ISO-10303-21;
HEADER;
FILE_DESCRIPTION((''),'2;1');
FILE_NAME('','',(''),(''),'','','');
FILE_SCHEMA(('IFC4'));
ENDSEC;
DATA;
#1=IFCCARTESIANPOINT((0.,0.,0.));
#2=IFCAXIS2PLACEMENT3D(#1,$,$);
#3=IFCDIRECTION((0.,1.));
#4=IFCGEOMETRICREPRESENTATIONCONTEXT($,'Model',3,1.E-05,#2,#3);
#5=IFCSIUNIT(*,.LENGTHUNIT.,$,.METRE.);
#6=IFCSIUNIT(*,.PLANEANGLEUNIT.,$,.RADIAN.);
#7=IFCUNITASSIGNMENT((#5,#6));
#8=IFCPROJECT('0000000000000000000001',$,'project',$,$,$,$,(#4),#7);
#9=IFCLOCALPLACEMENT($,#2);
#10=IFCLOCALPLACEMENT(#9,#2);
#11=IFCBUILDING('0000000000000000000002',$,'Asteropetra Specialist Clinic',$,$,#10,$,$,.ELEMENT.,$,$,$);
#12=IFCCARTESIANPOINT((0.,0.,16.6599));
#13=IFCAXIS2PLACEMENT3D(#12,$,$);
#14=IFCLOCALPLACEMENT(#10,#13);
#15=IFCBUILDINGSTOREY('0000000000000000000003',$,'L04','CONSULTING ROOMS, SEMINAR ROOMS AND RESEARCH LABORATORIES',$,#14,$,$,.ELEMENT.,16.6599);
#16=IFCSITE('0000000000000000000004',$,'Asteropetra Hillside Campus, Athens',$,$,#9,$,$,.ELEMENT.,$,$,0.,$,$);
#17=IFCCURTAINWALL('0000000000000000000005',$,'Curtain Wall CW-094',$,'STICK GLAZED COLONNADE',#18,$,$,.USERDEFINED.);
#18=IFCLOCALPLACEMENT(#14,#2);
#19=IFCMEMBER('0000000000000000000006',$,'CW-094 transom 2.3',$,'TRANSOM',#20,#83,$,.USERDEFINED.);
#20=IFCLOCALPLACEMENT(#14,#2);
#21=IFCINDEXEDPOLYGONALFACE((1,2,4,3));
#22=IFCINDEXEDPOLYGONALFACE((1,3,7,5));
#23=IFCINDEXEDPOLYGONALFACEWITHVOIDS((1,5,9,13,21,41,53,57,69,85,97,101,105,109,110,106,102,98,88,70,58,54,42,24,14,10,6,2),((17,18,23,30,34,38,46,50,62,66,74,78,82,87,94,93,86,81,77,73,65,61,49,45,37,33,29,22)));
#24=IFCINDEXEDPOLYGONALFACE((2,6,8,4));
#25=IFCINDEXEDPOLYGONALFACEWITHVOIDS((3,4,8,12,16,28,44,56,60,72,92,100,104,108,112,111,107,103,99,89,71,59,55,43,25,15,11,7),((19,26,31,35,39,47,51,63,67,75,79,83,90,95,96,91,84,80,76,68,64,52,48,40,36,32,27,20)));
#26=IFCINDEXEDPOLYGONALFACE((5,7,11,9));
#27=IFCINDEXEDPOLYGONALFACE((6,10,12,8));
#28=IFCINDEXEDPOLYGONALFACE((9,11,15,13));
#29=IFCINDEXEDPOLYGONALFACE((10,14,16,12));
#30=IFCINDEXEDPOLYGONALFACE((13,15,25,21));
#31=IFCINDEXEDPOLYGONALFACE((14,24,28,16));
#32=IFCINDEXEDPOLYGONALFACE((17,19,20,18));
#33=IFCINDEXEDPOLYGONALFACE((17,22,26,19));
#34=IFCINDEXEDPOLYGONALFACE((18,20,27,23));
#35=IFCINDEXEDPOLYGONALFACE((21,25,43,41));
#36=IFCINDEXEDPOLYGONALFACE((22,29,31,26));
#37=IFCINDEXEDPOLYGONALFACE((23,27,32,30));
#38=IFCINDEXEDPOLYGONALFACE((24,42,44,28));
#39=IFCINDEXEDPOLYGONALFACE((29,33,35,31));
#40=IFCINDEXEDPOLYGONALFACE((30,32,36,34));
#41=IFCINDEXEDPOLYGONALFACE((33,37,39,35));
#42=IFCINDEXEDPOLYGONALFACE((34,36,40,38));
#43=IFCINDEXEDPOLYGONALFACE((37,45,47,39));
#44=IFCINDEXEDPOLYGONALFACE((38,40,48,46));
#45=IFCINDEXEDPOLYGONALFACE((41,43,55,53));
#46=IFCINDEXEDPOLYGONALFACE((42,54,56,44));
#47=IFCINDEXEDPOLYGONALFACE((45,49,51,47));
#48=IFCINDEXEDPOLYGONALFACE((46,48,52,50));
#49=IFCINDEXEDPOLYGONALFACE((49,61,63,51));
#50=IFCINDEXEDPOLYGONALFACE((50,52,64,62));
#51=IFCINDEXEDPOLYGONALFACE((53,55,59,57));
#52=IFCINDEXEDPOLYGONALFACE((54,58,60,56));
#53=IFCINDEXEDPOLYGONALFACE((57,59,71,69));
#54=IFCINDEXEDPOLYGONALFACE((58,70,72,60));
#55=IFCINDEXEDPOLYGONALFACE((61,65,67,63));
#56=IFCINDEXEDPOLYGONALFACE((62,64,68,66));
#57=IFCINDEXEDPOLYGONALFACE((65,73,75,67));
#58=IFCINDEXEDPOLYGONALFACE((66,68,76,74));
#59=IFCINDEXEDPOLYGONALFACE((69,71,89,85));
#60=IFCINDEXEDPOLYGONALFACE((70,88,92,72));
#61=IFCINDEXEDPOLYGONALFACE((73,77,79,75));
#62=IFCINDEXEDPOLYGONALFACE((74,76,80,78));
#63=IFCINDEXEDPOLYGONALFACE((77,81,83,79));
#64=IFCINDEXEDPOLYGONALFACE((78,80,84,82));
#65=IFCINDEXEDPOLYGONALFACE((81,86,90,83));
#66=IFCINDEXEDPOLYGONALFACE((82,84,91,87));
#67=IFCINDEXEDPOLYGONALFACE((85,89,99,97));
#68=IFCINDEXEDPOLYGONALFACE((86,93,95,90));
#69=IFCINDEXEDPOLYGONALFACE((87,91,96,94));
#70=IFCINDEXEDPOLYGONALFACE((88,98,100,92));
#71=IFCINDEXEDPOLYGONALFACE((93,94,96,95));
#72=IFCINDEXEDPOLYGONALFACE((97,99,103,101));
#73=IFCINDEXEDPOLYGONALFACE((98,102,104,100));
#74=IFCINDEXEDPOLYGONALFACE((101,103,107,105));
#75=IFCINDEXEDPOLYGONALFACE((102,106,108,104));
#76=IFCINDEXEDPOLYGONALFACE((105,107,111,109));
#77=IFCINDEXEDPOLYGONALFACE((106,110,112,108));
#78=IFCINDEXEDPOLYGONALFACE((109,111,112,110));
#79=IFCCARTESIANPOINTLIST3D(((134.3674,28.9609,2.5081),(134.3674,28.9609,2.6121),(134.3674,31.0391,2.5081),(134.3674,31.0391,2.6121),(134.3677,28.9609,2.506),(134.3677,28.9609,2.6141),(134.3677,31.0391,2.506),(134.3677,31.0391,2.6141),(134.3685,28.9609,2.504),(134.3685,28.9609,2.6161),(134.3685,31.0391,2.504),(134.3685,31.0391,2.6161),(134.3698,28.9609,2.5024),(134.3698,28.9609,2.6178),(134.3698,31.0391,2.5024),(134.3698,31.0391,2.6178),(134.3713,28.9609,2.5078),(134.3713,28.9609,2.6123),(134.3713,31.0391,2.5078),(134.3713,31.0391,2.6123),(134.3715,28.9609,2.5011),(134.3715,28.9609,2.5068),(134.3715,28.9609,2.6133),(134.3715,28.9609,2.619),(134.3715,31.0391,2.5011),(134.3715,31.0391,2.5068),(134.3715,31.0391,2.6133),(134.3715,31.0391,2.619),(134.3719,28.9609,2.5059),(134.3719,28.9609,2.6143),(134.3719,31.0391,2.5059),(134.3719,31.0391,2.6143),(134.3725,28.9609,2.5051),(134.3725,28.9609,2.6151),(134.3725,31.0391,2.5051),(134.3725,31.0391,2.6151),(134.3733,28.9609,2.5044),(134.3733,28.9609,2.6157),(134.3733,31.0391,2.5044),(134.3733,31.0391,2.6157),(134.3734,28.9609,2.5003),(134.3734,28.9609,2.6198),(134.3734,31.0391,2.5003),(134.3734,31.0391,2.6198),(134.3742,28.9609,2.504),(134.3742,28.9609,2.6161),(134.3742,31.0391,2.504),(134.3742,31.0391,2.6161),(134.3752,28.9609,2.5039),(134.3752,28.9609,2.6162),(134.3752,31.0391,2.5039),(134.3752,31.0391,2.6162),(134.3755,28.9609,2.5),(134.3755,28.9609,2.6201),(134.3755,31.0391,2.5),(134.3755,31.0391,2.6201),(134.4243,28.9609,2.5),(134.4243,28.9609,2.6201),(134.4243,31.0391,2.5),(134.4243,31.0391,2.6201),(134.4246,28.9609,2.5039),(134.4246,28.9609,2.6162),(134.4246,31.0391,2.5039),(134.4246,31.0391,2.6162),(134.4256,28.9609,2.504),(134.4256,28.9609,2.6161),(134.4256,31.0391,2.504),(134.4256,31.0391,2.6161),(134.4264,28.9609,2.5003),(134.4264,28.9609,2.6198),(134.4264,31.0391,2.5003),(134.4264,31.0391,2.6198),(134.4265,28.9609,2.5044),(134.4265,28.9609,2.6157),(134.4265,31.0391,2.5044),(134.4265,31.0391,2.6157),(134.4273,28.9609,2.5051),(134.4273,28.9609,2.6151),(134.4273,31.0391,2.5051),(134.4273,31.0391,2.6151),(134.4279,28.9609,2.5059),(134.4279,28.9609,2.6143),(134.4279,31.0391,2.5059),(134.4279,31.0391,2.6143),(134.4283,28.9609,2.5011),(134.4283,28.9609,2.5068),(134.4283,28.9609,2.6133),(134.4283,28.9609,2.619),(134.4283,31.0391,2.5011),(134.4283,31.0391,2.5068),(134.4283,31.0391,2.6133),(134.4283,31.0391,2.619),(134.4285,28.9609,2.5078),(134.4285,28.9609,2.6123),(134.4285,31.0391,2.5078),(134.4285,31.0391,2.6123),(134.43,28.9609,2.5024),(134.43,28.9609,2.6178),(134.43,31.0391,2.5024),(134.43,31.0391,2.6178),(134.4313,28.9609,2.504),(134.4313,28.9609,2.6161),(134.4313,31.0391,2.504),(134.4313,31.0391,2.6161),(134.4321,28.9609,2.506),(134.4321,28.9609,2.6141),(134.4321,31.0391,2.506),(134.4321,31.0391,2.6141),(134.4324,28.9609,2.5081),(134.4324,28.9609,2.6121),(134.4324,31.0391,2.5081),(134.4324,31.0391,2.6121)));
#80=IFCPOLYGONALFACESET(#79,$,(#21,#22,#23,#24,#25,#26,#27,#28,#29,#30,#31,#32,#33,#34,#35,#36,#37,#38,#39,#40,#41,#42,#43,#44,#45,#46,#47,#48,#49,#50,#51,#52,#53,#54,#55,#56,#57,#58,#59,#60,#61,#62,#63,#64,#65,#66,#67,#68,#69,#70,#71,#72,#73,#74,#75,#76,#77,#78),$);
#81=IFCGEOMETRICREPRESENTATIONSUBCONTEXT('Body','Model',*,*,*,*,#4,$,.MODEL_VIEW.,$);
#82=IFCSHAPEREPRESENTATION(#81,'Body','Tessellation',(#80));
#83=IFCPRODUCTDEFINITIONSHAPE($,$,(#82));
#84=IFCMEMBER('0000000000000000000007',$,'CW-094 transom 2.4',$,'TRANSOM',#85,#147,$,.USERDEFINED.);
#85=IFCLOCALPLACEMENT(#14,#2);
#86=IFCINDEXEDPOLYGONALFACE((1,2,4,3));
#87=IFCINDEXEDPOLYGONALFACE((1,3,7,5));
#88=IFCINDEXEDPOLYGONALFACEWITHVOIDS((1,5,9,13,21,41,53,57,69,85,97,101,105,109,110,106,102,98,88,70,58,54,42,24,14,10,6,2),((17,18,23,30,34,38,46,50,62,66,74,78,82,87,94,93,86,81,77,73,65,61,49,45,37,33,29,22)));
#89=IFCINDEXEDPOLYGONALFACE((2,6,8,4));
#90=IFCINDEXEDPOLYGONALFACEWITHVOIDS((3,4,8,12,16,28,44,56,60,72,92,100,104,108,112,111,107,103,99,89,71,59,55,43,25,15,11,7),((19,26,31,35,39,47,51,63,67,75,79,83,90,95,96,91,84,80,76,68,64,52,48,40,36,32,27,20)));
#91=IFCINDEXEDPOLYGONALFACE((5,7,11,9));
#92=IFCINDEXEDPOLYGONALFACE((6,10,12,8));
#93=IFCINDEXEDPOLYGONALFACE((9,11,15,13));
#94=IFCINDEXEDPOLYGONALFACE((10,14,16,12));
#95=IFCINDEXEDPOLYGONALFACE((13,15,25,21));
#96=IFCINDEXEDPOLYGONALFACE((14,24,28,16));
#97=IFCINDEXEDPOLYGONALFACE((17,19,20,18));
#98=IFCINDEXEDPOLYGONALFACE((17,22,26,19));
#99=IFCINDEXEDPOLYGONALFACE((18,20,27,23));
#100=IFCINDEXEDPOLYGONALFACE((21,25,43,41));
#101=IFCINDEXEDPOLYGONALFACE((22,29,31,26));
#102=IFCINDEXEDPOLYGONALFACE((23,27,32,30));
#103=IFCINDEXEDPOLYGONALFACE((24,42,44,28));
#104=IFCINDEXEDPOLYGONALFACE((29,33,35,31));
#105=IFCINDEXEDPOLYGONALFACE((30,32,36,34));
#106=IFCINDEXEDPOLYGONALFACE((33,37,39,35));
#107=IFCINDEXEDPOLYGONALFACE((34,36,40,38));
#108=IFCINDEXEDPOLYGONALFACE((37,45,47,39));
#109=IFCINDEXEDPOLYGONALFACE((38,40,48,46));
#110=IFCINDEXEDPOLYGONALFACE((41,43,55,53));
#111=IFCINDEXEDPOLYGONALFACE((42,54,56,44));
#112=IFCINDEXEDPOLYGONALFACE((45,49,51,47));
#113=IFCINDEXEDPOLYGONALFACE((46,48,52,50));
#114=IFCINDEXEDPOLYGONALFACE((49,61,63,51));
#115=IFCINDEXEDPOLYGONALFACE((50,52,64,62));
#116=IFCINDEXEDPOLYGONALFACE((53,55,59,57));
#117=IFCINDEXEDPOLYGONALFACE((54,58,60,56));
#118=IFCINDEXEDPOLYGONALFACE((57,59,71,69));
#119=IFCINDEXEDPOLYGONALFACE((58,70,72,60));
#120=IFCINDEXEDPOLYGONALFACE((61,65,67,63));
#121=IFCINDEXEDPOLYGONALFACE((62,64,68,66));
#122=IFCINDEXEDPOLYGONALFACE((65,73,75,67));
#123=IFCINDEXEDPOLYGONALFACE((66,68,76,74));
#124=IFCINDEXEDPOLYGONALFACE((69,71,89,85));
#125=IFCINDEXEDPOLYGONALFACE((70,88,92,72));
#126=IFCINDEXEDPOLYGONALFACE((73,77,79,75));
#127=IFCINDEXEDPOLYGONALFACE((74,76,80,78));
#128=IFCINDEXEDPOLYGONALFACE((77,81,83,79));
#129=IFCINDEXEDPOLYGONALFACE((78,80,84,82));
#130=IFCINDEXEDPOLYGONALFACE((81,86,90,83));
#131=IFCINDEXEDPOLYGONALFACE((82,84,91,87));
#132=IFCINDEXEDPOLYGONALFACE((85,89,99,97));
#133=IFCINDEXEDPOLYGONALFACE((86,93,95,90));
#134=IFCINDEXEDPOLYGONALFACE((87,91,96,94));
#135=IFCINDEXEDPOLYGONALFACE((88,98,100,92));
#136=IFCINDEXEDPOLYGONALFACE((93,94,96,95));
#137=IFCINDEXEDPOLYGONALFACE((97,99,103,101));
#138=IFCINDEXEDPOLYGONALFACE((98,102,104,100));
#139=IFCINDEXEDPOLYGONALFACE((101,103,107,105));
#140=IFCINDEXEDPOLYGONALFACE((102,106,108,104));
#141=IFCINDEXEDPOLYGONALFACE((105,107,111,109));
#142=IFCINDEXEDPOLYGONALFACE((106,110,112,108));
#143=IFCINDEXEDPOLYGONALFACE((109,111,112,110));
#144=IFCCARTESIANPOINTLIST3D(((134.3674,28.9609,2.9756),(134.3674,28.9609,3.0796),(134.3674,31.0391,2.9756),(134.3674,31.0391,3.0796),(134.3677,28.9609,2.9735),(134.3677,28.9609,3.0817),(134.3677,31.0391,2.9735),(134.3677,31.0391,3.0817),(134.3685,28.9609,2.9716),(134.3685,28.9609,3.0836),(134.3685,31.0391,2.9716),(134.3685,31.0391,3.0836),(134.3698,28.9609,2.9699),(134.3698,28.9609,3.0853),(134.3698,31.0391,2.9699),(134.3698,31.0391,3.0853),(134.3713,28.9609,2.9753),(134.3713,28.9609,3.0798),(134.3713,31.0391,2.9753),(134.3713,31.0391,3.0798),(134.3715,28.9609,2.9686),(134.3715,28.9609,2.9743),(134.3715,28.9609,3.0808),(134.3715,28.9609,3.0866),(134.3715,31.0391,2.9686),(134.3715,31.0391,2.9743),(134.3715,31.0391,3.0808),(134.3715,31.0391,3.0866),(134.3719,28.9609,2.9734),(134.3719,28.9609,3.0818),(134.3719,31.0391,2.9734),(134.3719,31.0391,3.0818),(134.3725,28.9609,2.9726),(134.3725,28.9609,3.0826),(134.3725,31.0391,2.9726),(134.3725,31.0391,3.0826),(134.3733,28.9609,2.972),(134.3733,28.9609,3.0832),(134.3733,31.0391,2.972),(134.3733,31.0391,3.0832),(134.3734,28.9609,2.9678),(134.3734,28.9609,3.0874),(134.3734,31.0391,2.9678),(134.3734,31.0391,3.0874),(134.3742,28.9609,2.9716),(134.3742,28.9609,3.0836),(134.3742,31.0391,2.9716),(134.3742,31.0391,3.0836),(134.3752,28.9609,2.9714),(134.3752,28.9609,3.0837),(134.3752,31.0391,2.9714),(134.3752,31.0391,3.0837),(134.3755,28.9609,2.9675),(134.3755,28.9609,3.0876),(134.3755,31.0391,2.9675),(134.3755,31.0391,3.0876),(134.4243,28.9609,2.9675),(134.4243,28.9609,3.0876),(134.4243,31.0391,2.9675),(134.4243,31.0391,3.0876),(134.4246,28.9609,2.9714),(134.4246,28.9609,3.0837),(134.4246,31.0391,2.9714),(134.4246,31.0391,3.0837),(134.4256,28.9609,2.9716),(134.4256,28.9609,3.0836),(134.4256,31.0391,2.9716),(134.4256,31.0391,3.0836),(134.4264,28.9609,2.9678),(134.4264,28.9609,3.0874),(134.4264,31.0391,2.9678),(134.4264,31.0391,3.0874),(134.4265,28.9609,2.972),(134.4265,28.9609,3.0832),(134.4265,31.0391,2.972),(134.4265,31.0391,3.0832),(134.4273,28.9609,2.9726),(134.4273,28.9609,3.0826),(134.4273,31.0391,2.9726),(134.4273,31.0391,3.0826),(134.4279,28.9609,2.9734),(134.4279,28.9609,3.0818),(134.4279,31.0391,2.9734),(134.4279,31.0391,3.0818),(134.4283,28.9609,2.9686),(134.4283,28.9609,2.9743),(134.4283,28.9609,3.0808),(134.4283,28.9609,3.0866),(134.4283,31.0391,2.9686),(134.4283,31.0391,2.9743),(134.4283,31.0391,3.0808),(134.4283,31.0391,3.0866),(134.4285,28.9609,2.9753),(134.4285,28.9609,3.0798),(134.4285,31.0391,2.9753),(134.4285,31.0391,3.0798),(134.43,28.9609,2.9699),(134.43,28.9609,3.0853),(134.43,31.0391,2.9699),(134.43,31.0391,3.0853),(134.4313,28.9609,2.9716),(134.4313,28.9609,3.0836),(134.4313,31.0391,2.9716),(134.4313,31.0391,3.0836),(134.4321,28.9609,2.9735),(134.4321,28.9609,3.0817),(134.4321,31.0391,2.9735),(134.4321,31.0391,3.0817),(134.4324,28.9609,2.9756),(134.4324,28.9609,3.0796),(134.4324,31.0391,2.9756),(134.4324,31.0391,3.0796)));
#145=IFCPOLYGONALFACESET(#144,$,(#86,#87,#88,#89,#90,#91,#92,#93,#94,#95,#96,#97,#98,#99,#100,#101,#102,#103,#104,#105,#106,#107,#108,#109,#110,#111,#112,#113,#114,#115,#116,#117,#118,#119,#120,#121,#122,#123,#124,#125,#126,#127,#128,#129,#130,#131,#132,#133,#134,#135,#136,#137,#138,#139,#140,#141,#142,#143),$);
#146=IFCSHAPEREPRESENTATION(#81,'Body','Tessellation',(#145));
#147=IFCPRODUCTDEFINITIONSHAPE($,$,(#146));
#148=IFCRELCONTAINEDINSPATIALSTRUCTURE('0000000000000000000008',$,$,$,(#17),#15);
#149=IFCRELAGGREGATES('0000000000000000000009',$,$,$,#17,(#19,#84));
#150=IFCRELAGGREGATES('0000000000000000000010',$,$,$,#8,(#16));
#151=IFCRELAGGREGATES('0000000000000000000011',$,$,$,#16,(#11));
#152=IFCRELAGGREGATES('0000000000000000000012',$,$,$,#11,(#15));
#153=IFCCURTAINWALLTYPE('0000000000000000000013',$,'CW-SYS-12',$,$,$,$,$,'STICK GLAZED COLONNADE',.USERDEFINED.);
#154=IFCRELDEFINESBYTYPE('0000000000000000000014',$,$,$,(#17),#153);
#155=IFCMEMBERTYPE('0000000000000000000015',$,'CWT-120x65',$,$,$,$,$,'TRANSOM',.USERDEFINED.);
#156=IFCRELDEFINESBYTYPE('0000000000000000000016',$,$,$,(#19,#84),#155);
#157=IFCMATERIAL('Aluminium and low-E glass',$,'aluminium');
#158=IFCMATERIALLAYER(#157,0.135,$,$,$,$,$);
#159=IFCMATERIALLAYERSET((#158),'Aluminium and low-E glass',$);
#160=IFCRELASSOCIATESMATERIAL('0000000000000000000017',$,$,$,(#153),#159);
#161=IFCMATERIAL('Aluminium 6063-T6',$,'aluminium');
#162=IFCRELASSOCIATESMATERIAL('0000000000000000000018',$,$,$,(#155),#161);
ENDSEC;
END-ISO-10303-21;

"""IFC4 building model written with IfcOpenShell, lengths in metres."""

from ifc_helpers import new_model, si_unit, direction, frame, origin, origin_2d, place, context, subcontext, project, spatial, hollow_rectangle, extrude, material, layer, layer_set, material_profile, profile_set, type_object, element, aggregate, save


model = new_model("IFC4")

# Units and contexts
model_context = context("Model", 3, precision=1e-05, world=origin(), true_north=direction((0.0, 1.0)))
body_context = subcontext(model_context, "Body", "Model", "MODEL_VIEW")
ifc_project = project(units=[si_unit("LENGTHUNIT", "METRE"), si_unit("PLANEANGLEUNIT", "RADIAN")], contexts=[model_context])

# Site, building, storey
site_placement = place(None, origin())
site = spatial("IfcSite", under=ifc_project, at=site_placement, Name="Asteropetra Hillside Campus, Athens", CompositionType="ELEMENT", RefElevation=0.0)
building_placement = place(site_placement, origin())
building = spatial("IfcBuilding", under=site, at=building_placement, Name="Asteropetra Specialist Clinic", CompositionType="ELEMENT")
storey_placement = place(building_placement, frame((0.0, 0.0, 16.6599)))
storey = spatial("IfcBuildingStorey", under=building, at=storey_placement, Name="L04", Description="CONSULTING ROOMS, SEMINAR ROOMS AND RESEARCH LABORATORIES", CompositionType="ELEMENT", Elevation=16.6599)

# Curtain wall, members
ifc_material_1 = material(Name="Aluminium and low-E glass", Category="aluminium")
ifc_layer_1 = layer(ifc_material_1, 0.135)
ifc_layer_set_1 = layer_set([ifc_layer_1], Name="Aluminium and low-E glass")
curtain_wall_type = type_object("IfcCurtainWallType", Name="CW-SYS-12", ElementType="STICK GLAZED COLONNADE", PredefinedType="USERDEFINED", material=ifc_layer_set_1)
curtain_wall_placement = place(storey_placement, origin())
curtain_wall = element("IfcCurtainWall", 1, at=curtain_wall_placement, inside=storey, type_object=curtain_wall_type, Name="Curtain Wall CW-094", ObjectType="STICK GLAZED COLONNADE", PredefinedType="USERDEFINED")
ifc_material_2 = material(Name="Aluminium 6063-T6", Category="aluminium")
ifc_material_profile_1 = material_profile(ifc_material_2, hollow_rectangle(XDim=0.0649, YDim=0.1201, WallThickness=0.0039, InnerFilletRadius=0.0039, OuterFilletRadius=0.0081, at=origin_2d()), Name="TRN 120x65x4.0")
ifc_profile_set_1 = profile_set([ifc_material_profile_1], Name="Aluminium 6063-T6")
member_type_1 = type_object("IfcMemberType", Name="CWT-120x65", ElementType="TRANSOM", PredefinedType="USERDEFINED", material=ifc_profile_set_1)
member_1_placement = place(storey_placement, frame((134.3999, 28.9609, 2.5601), z_axis=(0.0, 1.0, 0.0), x_axis=(-1.0, 0.0, 0.0)))
member_1 = element("IfcMember", 2, at=member_1_placement, type_object=member_type_1, Name="CW-094 transom 2.3", ObjectType="TRANSOM", PredefinedType="USERDEFINED", context=body_context, shape_type="SweptSolid", body=[
    extrude(hollow_rectangle(XDim=0.0649, YDim=0.1201, WallThickness=0.0039, InnerFilletRadius=0.0039, OuterFilletRadius=0.0081, at=origin_2d()), origin(), (0.0, 0.0, 1.0), 2.0781),
])
member_2_placement = place(storey_placement, frame((134.3999, 28.9609, 3.0276), z_axis=(0.0, 1.0, 0.0), x_axis=(-1.0, 0.0, 0.0)))
member_2 = element("IfcMember", 3, at=member_2_placement, type_object=member_type_1, Name="CW-094 transom 2.4", ObjectType="TRANSOM", PredefinedType="USERDEFINED", context=body_context, shape_type="SweptSolid", body=[
    extrude(hollow_rectangle(XDim=0.0649, YDim=0.1201, WallThickness=0.0039, InnerFilletRadius=0.0039, OuterFilletRadius=0.0081, at=origin_2d()), origin(), (0.0, 0.0, 1.0), 2.0781),
])

aggregate(curtain_wall, [member_1, member_2])

save(model, "model.ifc")
